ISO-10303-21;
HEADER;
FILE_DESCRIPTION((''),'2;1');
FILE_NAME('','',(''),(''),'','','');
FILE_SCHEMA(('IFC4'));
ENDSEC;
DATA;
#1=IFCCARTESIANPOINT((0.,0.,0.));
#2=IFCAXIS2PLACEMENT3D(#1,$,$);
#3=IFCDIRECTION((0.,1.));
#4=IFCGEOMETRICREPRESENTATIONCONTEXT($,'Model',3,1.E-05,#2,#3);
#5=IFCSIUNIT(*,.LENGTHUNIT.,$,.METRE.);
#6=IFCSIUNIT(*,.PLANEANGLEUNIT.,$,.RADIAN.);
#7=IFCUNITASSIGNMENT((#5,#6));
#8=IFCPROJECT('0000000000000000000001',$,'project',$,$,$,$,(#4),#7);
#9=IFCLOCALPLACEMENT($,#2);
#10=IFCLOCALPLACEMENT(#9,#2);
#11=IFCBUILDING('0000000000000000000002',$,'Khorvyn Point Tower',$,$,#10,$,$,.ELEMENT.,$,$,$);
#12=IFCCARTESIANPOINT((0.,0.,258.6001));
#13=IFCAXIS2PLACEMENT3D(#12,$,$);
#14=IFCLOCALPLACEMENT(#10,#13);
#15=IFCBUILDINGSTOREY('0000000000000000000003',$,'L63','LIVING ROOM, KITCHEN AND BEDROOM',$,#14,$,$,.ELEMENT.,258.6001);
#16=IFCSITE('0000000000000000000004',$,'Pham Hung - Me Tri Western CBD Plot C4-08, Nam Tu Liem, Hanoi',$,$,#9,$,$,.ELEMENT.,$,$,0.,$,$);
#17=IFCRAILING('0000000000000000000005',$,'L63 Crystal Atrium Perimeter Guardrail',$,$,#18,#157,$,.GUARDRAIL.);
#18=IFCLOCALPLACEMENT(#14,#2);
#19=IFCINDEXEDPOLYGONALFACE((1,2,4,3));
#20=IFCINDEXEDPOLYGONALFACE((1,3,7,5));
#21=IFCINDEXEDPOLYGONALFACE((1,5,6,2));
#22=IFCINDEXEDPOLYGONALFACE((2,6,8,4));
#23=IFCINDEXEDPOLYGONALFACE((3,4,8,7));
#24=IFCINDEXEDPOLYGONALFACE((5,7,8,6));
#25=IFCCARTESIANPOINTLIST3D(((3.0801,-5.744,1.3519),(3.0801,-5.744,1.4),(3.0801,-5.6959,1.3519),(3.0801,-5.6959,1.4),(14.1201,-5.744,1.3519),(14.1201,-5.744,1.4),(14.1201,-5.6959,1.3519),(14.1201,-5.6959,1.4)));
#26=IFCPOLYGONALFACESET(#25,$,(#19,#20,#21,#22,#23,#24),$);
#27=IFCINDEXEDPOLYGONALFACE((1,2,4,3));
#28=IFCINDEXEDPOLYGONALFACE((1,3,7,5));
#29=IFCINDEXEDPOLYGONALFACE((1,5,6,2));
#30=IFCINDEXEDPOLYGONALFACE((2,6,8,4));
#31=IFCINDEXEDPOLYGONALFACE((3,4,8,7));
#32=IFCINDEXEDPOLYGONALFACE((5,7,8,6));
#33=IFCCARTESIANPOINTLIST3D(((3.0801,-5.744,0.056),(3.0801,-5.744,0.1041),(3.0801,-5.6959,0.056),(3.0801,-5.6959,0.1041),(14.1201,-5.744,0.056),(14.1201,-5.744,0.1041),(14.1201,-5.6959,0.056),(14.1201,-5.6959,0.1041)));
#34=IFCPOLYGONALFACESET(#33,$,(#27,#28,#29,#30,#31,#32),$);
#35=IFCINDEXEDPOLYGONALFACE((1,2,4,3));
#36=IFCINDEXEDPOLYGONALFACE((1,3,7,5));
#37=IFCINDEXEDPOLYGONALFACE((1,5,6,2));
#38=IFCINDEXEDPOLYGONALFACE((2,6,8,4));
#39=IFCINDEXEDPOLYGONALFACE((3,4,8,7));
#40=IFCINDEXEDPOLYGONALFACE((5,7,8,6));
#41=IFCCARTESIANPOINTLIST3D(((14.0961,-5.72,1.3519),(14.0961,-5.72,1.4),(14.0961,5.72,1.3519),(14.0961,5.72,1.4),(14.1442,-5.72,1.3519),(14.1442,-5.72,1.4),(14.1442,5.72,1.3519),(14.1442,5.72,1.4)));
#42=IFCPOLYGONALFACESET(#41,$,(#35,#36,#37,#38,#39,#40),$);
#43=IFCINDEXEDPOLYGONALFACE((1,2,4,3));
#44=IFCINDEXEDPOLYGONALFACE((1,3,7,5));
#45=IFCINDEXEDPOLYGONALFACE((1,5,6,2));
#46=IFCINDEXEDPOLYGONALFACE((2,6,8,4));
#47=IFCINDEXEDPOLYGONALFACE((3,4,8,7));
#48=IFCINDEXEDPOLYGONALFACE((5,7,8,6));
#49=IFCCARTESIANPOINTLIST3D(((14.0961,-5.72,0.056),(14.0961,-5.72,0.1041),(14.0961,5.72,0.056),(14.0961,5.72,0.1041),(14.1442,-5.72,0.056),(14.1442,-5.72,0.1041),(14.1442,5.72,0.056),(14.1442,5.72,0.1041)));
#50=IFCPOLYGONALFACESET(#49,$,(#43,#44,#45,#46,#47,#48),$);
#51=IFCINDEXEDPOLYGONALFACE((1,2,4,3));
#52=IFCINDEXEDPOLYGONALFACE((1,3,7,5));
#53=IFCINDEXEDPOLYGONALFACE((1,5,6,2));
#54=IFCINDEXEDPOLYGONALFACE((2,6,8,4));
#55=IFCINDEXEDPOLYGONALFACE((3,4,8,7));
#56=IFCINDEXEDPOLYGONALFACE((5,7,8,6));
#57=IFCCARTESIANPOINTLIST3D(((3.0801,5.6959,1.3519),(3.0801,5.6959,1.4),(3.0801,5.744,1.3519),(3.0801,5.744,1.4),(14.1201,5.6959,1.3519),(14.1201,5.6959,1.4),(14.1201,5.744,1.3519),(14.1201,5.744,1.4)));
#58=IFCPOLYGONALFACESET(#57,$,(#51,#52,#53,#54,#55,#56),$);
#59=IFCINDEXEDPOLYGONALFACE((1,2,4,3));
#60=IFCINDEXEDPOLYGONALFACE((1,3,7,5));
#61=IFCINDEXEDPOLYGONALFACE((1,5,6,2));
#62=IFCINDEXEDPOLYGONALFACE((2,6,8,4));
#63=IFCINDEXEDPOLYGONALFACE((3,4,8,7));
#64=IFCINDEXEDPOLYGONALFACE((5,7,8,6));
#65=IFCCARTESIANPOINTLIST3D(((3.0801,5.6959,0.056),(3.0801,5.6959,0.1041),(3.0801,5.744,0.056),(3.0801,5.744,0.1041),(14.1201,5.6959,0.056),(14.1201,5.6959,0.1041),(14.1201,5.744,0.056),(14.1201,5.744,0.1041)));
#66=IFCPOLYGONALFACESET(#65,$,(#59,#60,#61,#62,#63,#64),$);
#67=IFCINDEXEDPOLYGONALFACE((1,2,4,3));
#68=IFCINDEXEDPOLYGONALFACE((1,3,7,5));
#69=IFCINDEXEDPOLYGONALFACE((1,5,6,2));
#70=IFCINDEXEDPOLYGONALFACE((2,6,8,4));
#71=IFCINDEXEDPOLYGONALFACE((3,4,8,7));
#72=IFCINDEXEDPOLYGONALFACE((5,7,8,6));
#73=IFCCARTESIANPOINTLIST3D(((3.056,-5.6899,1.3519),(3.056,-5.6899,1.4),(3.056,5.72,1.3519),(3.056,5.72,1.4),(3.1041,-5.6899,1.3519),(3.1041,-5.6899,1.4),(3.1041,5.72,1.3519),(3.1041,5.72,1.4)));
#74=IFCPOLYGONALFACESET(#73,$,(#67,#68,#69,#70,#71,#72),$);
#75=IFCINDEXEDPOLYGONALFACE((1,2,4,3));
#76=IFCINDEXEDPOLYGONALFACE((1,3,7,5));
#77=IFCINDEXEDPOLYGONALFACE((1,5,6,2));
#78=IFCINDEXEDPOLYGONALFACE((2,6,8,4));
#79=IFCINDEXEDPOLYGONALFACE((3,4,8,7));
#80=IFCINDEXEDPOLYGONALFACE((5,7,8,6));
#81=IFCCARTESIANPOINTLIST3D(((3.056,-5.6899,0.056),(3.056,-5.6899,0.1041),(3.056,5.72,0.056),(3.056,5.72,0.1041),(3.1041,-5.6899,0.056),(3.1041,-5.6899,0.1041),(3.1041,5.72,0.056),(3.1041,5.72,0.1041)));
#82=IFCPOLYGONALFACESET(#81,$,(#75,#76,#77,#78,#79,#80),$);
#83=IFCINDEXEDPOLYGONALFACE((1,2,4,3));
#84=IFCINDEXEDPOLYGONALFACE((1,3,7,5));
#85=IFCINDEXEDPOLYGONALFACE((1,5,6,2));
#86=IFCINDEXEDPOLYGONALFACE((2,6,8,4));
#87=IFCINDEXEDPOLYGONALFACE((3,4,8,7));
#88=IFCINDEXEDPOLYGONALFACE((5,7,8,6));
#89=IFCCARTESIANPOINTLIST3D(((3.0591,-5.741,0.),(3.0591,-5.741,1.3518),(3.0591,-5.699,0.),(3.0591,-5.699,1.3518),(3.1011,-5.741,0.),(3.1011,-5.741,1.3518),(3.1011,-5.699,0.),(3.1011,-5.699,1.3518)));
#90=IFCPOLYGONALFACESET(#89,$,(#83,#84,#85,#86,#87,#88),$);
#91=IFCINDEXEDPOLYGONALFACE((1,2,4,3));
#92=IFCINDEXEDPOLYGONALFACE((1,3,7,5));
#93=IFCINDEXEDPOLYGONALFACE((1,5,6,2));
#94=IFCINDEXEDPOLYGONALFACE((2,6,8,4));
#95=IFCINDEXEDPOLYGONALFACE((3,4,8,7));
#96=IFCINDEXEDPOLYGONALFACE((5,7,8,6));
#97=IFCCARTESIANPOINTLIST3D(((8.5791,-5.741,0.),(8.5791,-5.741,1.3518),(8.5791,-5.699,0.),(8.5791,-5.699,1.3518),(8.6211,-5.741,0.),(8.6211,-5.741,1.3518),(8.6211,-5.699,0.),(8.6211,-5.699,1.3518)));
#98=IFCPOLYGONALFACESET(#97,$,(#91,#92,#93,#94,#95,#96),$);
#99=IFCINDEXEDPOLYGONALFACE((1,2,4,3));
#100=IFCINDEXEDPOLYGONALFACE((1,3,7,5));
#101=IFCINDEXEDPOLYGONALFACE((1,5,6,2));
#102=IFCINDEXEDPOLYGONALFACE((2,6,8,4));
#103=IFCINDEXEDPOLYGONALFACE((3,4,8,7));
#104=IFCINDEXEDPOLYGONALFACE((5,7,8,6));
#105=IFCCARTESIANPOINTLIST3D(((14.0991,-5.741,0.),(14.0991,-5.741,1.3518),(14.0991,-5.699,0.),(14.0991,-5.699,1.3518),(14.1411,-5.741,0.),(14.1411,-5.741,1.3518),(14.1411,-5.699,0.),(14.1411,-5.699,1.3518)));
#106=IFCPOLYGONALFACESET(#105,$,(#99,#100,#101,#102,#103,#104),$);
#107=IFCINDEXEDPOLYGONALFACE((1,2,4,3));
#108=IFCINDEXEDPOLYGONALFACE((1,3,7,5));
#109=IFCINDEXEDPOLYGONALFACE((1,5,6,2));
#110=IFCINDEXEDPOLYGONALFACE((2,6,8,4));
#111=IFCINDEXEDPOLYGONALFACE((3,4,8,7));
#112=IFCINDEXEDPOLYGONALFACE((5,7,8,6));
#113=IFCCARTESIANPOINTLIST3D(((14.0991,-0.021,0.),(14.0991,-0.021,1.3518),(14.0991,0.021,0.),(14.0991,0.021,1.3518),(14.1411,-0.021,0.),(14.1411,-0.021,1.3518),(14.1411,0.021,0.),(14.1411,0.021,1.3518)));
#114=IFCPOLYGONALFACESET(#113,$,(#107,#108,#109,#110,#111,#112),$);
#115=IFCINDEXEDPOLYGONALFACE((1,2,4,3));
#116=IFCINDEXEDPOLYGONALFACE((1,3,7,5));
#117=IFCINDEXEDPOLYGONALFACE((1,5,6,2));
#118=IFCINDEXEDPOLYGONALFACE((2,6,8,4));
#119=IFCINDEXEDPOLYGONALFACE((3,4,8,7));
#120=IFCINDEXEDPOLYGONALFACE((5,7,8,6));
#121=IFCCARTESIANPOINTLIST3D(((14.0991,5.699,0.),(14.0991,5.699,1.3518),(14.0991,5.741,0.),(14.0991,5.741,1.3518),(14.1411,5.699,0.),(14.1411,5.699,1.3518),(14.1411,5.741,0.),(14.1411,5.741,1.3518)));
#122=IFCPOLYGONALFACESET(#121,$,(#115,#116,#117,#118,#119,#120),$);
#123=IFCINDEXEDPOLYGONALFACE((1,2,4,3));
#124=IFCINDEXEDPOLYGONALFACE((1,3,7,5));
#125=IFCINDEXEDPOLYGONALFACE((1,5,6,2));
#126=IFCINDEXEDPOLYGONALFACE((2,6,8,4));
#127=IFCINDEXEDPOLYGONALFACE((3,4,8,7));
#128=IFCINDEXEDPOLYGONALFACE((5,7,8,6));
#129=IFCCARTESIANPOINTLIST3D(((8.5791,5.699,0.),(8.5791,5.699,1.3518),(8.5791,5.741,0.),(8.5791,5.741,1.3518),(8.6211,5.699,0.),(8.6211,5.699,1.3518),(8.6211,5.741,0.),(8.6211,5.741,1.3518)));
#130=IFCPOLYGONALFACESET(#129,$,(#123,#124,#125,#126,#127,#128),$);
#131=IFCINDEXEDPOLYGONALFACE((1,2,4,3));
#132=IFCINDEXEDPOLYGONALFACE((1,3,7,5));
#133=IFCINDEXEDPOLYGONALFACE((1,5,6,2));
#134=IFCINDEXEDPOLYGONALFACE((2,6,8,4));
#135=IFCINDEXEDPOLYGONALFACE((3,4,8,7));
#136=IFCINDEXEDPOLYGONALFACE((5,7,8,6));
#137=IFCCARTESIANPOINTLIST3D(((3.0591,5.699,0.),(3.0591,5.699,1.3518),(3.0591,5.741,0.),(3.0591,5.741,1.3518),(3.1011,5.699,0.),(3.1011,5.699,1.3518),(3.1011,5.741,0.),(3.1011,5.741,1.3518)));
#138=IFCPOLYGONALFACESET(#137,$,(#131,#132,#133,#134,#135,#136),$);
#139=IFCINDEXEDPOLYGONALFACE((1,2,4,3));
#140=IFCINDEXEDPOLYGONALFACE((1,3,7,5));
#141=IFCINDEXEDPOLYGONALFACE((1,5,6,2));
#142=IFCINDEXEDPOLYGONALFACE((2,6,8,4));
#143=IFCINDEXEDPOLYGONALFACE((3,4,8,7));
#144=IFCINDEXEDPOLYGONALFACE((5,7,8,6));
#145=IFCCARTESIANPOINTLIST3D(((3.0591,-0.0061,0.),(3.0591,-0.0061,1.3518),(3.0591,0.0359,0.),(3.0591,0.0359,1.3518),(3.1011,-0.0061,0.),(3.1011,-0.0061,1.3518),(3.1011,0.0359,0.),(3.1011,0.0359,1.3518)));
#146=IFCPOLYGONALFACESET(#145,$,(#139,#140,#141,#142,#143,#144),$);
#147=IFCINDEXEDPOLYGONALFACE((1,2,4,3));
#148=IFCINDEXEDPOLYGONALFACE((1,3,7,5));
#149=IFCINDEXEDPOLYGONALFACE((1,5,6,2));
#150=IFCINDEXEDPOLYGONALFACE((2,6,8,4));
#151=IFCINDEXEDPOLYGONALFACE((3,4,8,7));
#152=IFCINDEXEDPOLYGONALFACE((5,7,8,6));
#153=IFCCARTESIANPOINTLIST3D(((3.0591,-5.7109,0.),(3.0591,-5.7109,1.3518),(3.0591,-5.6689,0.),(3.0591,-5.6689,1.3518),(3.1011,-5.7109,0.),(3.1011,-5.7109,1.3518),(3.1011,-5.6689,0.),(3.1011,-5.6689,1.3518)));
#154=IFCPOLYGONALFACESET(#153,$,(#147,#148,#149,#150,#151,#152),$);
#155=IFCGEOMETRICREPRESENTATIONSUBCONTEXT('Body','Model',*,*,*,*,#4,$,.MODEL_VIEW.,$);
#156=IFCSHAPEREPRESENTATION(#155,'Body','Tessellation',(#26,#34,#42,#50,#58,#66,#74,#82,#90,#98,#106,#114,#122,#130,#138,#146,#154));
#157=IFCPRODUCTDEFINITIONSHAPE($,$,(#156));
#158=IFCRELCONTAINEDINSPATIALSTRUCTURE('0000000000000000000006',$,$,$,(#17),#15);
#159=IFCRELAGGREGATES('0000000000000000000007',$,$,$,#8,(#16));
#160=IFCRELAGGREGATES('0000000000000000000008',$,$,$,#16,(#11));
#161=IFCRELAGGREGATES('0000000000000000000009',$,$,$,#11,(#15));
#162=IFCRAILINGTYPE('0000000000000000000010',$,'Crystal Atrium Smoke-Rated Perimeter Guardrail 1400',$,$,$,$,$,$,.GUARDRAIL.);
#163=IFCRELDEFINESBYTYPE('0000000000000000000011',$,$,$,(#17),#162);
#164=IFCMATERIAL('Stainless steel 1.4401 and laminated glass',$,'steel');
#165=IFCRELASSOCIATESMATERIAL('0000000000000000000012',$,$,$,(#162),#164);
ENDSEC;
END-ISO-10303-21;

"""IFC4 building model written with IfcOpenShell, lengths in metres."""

from ifc_helpers import new_model, si_unit, direction, frame, origin, origin_2d, place, context, subcontext, project, spatial, rectangle, extrude, material, type_object, element, save


model = new_model("IFC4")

# Units and contexts
model_context = context("Model", 3, precision=1e-05, world=origin(), true_north=direction((0.0, 1.0)))
body_context = subcontext(model_context, "Body", "Model", "MODEL_VIEW")
ifc_project = project(units=[si_unit("LENGTHUNIT", "METRE"), si_unit("PLANEANGLEUNIT", "RADIAN")], contexts=[model_context])

# Site, building, storey
site_placement = place(None, origin())
site = spatial("IfcSite", under=ifc_project, at=site_placement, Name="Pham Hung - Me Tri Western CBD Plot C4-08, Nam Tu Liem, Hanoi", CompositionType="ELEMENT", RefElevation=0.0)
building_placement = place(site_placement, origin())
building = spatial("IfcBuilding", under=site, at=building_placement, Name="Khorvyn Point Tower", CompositionType="ELEMENT")
storey_placement = place(building_placement, frame((0.0, 0.0, 258.6001)))
storey = spatial("IfcBuildingStorey", under=building, at=storey_placement, Name="L63", Description="LIVING ROOM, KITCHEN AND BEDROOM", CompositionType="ELEMENT", Elevation=258.6001)

# Railing
ifc_material_1 = material(Name="Stainless steel 1.4401 and laminated glass", Category="steel")
railing_type = type_object("IfcRailingType", Name="Crystal Atrium Smoke-Rated Perimeter Guardrail 1400", PredefinedType="GUARDRAIL", material=ifc_material_1)
railing_placement = place(storey_placement, frame((3.0801, -5.72, 0.0)))
element("IfcRailing", 1, at=railing_placement, inside=storey, type_object=railing_type, Name="L63 Crystal Atrium Perimeter Guardrail", PredefinedType="GUARDRAIL", context=body_context, shape_type="SweptSolid", body=[
    extrude(rectangle(XDim=0.0481, YDim=0.0481, at=origin_2d()), frame((0.0, 0.0, 1.376), z_axis=(1.0, 0.0, 0.0), x_axis=(0.0, 1.0, 0.0)), (0.0, 0.0, 1.0), 11.04),
    extrude(rectangle(XDim=0.0481, YDim=0.0481, at=origin_2d()), frame((0.0, 0.0, 0.0801), z_axis=(1.0, 0.0, 0.0), x_axis=(0.0, 1.0, 0.0)), (0.0, 0.0, 1.0), 11.04),
    extrude(rectangle(XDim=0.0481, YDim=0.0481, at=origin_2d()), frame((11.04, 0.0, 1.376), z_axis=(0.0, 1.0, 0.0), x_axis=(-1.0, 0.0, 0.0)), (0.0, 0.0, 1.0), 11.4399),
    extrude(rectangle(XDim=0.0481, YDim=0.0481, at=origin_2d()), frame((11.04, 0.0, 0.0801), z_axis=(0.0, 1.0, 0.0), x_axis=(-1.0, 0.0, 0.0)), (0.0, 0.0, 1.0), 11.4399),
    extrude(rectangle(XDim=0.0481, YDim=0.0481, at=origin_2d()), frame((11.04, 11.4399, 1.376), z_axis=(-1.0, 0.0, 0.0), x_axis=(0.0, -1.0, 0.0)), (0.0, 0.0, 1.0), 11.04),
    extrude(rectangle(XDim=0.0481, YDim=0.0481, at=origin_2d()), frame((11.04, 11.4399, 0.0801), z_axis=(-1.0, 0.0, 0.0), x_axis=(0.0, -1.0, 0.0)), (0.0, 0.0, 1.0), 11.04),
    extrude(rectangle(XDim=0.0481, YDim=0.0481, at=origin_2d()), frame((0.0, 11.4399, 1.376), z_axis=(0.0, -1.0, 0.0), x_axis=(1.0, 0.0, 0.0)), (0.0, 0.0, 1.0), 11.4099),
    extrude(rectangle(XDim=0.0481, YDim=0.0481, at=origin_2d()), frame((0.0, 11.4399, 0.0801), z_axis=(0.0, -1.0, 0.0), x_axis=(1.0, 0.0, 0.0)), (0.0, 0.0, 1.0), 11.4099),
    extrude(rectangle(XDim=0.042, YDim=0.042, at=origin_2d()), origin(), (0.0, 0.0, 1.0), 1.3518),
    extrude(rectangle(XDim=0.042, YDim=0.042, at=origin_2d()), frame((5.52, 0.0, 0.0)), (0.0, 0.0, 1.0), 1.3518),
    extrude(rectangle(XDim=0.042, YDim=0.042, at=origin_2d()), frame((11.04, 0.0, 0.0)), (0.0, 0.0, 1.0), 1.3518),
    extrude(rectangle(XDim=0.042, YDim=0.042, at=origin_2d()), frame((11.04, 5.72, 0.0)), (0.0, 0.0, 1.0), 1.3518),
    extrude(rectangle(XDim=0.042, YDim=0.042, at=origin_2d()), frame((11.04, 11.4399, 0.0)), (0.0, 0.0, 1.0), 1.3518),
    extrude(rectangle(XDim=0.042, YDim=0.042, at=origin_2d()), frame((5.52, 11.4399, 0.0)), (0.0, 0.0, 1.0), 1.3518),
    extrude(rectangle(XDim=0.042, YDim=0.042, at=origin_2d()), frame((0.0, 11.4399, 0.0)), (0.0, 0.0, 1.0), 1.3518),
    extrude(rectangle(XDim=0.042, YDim=0.042, at=origin_2d()), frame((0.0, 5.7349, 0.0)), (0.0, 0.0, 1.0), 1.3518),
    extrude(rectangle(XDim=0.042, YDim=0.042, at=origin_2d()), frame((0.0, 0.03, 0.0)), (0.0, 0.0, 1.0), 1.3518),
])

save(model, "model.ifc")
